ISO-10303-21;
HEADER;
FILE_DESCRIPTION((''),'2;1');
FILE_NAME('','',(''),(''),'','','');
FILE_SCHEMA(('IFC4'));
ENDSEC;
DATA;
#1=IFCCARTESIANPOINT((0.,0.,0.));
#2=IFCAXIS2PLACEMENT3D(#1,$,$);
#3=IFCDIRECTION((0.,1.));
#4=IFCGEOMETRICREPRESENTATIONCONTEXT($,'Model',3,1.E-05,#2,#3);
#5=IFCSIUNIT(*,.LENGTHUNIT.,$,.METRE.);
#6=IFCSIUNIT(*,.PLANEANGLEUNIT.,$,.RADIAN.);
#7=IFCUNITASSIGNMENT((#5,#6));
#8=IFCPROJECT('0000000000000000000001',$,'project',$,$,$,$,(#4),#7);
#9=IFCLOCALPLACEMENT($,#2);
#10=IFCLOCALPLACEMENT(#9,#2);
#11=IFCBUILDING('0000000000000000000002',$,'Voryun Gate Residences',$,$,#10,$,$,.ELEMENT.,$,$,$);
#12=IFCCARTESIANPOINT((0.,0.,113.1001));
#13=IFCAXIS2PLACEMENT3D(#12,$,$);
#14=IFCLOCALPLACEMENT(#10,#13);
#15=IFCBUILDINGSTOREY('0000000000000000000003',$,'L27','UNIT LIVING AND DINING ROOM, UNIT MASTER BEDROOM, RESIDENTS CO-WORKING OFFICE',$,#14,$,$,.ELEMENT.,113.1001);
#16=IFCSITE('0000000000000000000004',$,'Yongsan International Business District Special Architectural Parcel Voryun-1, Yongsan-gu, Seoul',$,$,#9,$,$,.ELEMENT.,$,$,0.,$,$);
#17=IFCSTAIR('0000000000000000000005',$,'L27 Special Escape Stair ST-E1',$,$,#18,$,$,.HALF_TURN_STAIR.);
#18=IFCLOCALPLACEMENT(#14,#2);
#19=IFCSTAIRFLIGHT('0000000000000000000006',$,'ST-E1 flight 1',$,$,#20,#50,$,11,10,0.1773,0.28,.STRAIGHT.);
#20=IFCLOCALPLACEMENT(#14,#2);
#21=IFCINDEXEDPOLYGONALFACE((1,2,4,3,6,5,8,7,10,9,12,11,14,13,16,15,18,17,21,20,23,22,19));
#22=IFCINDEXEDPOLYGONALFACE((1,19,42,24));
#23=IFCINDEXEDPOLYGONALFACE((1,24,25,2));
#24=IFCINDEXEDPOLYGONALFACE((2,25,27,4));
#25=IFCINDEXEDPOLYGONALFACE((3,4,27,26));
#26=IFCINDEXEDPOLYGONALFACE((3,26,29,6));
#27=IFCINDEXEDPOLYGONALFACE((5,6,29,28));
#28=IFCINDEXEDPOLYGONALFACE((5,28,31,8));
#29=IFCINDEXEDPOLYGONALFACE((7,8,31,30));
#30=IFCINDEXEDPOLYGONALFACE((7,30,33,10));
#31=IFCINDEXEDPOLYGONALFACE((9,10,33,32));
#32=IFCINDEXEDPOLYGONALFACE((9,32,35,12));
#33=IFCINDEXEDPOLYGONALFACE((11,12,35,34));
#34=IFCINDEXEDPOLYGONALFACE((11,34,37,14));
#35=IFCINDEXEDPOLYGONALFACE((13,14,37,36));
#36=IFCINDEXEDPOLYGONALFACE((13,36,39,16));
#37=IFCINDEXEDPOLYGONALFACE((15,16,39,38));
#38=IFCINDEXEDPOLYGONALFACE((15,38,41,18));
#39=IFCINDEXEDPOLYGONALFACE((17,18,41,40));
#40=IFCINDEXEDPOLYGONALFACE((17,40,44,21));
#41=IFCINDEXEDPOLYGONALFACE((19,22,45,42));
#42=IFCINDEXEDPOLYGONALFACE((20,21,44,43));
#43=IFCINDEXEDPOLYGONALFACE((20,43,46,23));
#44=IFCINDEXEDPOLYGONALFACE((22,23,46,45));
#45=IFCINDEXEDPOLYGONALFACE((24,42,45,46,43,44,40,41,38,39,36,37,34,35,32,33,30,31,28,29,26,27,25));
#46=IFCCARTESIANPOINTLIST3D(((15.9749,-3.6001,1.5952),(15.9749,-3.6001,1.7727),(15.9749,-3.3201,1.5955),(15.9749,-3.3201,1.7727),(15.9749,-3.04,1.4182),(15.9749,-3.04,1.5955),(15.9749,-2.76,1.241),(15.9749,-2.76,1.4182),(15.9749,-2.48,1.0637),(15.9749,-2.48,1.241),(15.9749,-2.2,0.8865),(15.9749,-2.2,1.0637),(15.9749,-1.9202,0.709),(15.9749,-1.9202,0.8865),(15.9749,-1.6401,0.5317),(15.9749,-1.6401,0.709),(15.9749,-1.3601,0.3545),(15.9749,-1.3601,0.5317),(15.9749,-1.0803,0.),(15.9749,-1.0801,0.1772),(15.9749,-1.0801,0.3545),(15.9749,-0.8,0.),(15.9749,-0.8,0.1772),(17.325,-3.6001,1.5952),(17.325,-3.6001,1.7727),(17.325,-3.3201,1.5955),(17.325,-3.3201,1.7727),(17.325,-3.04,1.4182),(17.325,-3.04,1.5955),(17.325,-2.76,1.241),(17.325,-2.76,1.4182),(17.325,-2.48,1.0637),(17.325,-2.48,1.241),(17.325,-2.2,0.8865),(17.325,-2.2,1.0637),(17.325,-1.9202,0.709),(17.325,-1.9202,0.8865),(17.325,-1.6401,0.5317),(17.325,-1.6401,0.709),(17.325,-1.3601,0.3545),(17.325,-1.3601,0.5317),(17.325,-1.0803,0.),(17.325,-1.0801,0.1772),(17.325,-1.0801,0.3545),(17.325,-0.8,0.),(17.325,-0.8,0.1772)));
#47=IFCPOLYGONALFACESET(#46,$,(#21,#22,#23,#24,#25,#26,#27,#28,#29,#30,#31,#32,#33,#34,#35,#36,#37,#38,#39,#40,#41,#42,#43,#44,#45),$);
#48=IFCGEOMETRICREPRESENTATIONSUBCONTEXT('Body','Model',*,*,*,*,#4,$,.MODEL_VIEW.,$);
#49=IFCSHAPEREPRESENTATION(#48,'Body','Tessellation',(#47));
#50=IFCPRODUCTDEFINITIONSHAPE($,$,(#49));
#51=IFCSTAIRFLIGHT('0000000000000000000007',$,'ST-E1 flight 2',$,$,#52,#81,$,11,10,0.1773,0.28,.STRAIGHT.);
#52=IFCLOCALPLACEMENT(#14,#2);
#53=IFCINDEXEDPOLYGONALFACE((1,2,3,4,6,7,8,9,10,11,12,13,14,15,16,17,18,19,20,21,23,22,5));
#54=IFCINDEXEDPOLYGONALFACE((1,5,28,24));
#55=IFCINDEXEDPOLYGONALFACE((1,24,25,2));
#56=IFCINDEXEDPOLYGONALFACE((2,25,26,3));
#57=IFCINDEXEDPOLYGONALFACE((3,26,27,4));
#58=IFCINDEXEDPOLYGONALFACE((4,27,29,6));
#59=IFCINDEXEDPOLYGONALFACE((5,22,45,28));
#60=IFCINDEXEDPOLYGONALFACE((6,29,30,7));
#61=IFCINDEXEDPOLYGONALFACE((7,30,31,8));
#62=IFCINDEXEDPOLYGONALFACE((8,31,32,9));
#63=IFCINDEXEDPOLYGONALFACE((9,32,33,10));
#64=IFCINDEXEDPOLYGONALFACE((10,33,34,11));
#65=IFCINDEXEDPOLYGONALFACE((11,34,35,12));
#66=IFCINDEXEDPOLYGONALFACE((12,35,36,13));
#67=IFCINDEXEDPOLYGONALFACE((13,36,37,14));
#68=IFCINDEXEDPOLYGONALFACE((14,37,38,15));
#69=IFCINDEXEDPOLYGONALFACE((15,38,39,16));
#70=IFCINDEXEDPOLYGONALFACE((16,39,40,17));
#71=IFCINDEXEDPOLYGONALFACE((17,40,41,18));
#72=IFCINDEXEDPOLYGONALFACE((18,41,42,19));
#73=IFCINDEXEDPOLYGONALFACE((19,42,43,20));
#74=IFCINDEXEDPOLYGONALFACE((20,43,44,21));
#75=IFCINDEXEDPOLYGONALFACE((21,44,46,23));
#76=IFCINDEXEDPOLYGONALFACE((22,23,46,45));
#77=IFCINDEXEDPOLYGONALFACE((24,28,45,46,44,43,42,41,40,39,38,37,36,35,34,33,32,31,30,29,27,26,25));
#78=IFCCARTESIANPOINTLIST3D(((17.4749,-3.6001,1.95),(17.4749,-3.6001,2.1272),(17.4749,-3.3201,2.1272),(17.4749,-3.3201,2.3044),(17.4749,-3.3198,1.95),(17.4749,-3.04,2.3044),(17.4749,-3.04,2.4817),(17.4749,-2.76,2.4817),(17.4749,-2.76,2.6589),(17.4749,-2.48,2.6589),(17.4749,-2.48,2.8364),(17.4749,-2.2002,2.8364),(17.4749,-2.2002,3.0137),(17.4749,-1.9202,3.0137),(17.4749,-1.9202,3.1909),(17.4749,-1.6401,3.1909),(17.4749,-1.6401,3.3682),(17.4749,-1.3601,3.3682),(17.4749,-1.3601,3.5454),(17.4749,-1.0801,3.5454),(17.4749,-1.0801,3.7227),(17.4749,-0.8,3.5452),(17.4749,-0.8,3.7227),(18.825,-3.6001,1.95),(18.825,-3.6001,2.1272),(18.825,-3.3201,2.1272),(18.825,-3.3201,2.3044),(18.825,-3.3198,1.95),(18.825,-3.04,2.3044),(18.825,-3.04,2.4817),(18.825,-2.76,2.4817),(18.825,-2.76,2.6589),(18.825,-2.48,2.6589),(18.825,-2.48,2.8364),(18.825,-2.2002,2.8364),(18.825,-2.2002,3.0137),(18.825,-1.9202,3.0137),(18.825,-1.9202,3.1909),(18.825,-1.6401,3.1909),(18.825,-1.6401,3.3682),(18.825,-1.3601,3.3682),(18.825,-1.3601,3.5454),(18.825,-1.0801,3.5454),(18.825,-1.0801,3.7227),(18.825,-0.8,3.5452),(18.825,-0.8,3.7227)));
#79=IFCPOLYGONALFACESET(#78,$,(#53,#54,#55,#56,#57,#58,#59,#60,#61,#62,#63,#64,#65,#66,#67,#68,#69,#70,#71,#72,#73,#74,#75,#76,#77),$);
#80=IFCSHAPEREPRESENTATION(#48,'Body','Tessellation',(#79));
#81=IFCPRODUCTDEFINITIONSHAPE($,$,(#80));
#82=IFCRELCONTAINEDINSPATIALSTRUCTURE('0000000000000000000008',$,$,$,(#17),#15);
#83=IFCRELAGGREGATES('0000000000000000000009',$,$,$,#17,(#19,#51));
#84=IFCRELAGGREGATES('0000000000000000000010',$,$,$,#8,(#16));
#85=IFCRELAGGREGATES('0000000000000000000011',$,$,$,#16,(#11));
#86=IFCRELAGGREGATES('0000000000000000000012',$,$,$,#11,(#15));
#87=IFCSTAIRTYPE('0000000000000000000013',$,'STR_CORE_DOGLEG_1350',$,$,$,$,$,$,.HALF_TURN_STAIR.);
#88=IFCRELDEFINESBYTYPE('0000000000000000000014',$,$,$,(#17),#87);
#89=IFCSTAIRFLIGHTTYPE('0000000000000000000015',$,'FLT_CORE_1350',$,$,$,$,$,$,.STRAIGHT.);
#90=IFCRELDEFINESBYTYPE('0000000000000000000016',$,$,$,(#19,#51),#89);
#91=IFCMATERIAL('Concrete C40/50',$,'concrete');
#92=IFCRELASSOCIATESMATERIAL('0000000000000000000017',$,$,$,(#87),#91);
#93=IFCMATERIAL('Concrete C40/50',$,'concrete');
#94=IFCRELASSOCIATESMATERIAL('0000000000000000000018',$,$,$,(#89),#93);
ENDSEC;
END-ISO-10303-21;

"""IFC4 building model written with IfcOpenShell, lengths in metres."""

from ifc_helpers import new_model, si_unit, direction, frame, origin, place, context, subcontext, project, spatial, polyline, outline, extrude, material, type_object, element, aggregate, save


model = new_model("IFC4")

# Units and contexts
model_context = context("Model", 3, precision=1e-05, world=origin(), true_north=direction((0.0, 1.0)))
body_context = subcontext(model_context, "Body", "Model", "MODEL_VIEW")
ifc_project = project(units=[si_unit("LENGTHUNIT", "METRE"), si_unit("PLANEANGLEUNIT", "RADIAN")], contexts=[model_context])

# Site, building, storey
site_placement = place(None, origin())
site = spatial("IfcSite", under=ifc_project, at=site_placement, Name="Yongsan International Business District Special Architectural Parcel Voryun-1, Yongsan-gu, Seoul", CompositionType="ELEMENT", RefElevation=0.0)
building_placement = place(site_placement, origin())
building = spatial("IfcBuilding", under=site, at=building_placement, Name="Voryun Gate Residences", CompositionType="ELEMENT")
storey_placement = place(building_placement, frame((0.0, 0.0, 113.1001)))
storey = spatial("IfcBuildingStorey", under=building, at=storey_placement, Name="L27", Description="UNIT LIVING AND DINING ROOM, UNIT MASTER BEDROOM, RESIDENTS CO-WORKING OFFICE", CompositionType="ELEMENT", Elevation=113.1001)

# Stair, stair flights
ifc_material_1 = material(Name="Concrete C40/50", Category="concrete")
stair_type = type_object("IfcStairType", Name="STR_CORE_DOGLEG_1350", PredefinedType="HALF_TURN_STAIR", material=ifc_material_1)
stair_placement = place(storey_placement, origin())
stair = element("IfcStair", 1, at=stair_placement, inside=storey, type_object=stair_type, Name="L27 Special Escape Stair ST-E1", PredefinedType="HALF_TURN_STAIR")
ifc_material_2 = material(Name="Concrete C40/50", Category="concrete")
stair_flight_type = type_object("IfcStairFlightType", Name="FLT_CORE_1350", PredefinedType="STRAIGHT", material=ifc_material_2)
stair_flight_1_placement = place(storey_placement, frame((16.6499, -0.8, 0.0), z_axis=(0.0, 0.0, 1.0), x_axis=(0.0, -1.0, 0.0)))
stair_flight_1 = element("IfcStairFlight", 2, at=stair_flight_1_placement, type_object=stair_flight_type, Name="ST-E1 flight 1", NumberOfRisers=11, NumberOfTreads=10, PredefinedType="STRAIGHT", RiserHeight=0.1773, TreadLength=0.28, context=body_context, shape_type="SweptSolid", body=[
    extrude(outline(polyline([(0.0, 0.0), (0.0, 0.1772), (0.28, 0.1772), (0.28, 0.3545), (0.5601, 0.3545), (0.5601, 0.5317), (0.8401, 0.5317), (0.8401, 0.709), (1.1201, 0.709), (1.1201, 0.8865), (1.3999, 0.8865), (1.3999, 1.0637), (1.6799, 1.0637), (1.6799, 1.241), (1.96, 1.241), (1.96, 1.4182), (2.24, 1.4182), (2.24, 1.5955), (2.52, 1.5955), (2.52, 1.7727), (2.8, 1.7727), (2.8, 1.95), (2.8, 1.5952), (0.2803, 0.0), (0.0, 0.0)])), frame((0.0, 0.675, 0.0), z_axis=(0.0, -1.0, 0.0), x_axis=(1.0, 0.0, 0.0)), (0.0, 0.0, 1.0), 1.3501),
])
stair_flight_2_placement = place(storey_placement, frame((18.1499, -3.6001, 1.95), z_axis=(0.0, 0.0, 1.0), x_axis=(0.0, 1.0, 0.0)))
stair_flight_2 = element("IfcStairFlight", 3, at=stair_flight_2_placement, type_object=stair_flight_type, Name="ST-E1 flight 2", NumberOfRisers=11, NumberOfTreads=10, PredefinedType="STRAIGHT", RiserHeight=0.1773, TreadLength=0.28, context=body_context, shape_type="SweptSolid", body=[
    extrude(outline(polyline([(0.0, 0.0), (0.0, 0.1772), (0.28, 0.1772), (0.28, 0.3545), (0.5601, 0.3545), (0.5601, 0.5317), (0.8401, 0.5317), (0.8401, 0.709), (1.1201, 0.709), (1.1201, 0.8865), (1.3999, 0.8865), (1.3999, 1.0637), (1.6799, 1.0637), (1.6799, 1.241), (1.96, 1.241), (1.96, 1.4182), (2.24, 1.4182), (2.24, 1.5955), (2.52, 1.5955), (2.52, 1.7727), (2.8, 1.7727), (2.8, 1.95), (2.8, 1.5952), (0.2803, 0.0), (0.0, 0.0)])), frame((0.0, 0.675, 0.0), z_axis=(0.0, -1.0, 0.0), x_axis=(1.0, 0.0, 0.0)), (0.0, 0.0, 1.0), 1.3501),
])
aggregate(stair, [stair_flight_1, stair_flight_2])

save(model, "model.ifc")
